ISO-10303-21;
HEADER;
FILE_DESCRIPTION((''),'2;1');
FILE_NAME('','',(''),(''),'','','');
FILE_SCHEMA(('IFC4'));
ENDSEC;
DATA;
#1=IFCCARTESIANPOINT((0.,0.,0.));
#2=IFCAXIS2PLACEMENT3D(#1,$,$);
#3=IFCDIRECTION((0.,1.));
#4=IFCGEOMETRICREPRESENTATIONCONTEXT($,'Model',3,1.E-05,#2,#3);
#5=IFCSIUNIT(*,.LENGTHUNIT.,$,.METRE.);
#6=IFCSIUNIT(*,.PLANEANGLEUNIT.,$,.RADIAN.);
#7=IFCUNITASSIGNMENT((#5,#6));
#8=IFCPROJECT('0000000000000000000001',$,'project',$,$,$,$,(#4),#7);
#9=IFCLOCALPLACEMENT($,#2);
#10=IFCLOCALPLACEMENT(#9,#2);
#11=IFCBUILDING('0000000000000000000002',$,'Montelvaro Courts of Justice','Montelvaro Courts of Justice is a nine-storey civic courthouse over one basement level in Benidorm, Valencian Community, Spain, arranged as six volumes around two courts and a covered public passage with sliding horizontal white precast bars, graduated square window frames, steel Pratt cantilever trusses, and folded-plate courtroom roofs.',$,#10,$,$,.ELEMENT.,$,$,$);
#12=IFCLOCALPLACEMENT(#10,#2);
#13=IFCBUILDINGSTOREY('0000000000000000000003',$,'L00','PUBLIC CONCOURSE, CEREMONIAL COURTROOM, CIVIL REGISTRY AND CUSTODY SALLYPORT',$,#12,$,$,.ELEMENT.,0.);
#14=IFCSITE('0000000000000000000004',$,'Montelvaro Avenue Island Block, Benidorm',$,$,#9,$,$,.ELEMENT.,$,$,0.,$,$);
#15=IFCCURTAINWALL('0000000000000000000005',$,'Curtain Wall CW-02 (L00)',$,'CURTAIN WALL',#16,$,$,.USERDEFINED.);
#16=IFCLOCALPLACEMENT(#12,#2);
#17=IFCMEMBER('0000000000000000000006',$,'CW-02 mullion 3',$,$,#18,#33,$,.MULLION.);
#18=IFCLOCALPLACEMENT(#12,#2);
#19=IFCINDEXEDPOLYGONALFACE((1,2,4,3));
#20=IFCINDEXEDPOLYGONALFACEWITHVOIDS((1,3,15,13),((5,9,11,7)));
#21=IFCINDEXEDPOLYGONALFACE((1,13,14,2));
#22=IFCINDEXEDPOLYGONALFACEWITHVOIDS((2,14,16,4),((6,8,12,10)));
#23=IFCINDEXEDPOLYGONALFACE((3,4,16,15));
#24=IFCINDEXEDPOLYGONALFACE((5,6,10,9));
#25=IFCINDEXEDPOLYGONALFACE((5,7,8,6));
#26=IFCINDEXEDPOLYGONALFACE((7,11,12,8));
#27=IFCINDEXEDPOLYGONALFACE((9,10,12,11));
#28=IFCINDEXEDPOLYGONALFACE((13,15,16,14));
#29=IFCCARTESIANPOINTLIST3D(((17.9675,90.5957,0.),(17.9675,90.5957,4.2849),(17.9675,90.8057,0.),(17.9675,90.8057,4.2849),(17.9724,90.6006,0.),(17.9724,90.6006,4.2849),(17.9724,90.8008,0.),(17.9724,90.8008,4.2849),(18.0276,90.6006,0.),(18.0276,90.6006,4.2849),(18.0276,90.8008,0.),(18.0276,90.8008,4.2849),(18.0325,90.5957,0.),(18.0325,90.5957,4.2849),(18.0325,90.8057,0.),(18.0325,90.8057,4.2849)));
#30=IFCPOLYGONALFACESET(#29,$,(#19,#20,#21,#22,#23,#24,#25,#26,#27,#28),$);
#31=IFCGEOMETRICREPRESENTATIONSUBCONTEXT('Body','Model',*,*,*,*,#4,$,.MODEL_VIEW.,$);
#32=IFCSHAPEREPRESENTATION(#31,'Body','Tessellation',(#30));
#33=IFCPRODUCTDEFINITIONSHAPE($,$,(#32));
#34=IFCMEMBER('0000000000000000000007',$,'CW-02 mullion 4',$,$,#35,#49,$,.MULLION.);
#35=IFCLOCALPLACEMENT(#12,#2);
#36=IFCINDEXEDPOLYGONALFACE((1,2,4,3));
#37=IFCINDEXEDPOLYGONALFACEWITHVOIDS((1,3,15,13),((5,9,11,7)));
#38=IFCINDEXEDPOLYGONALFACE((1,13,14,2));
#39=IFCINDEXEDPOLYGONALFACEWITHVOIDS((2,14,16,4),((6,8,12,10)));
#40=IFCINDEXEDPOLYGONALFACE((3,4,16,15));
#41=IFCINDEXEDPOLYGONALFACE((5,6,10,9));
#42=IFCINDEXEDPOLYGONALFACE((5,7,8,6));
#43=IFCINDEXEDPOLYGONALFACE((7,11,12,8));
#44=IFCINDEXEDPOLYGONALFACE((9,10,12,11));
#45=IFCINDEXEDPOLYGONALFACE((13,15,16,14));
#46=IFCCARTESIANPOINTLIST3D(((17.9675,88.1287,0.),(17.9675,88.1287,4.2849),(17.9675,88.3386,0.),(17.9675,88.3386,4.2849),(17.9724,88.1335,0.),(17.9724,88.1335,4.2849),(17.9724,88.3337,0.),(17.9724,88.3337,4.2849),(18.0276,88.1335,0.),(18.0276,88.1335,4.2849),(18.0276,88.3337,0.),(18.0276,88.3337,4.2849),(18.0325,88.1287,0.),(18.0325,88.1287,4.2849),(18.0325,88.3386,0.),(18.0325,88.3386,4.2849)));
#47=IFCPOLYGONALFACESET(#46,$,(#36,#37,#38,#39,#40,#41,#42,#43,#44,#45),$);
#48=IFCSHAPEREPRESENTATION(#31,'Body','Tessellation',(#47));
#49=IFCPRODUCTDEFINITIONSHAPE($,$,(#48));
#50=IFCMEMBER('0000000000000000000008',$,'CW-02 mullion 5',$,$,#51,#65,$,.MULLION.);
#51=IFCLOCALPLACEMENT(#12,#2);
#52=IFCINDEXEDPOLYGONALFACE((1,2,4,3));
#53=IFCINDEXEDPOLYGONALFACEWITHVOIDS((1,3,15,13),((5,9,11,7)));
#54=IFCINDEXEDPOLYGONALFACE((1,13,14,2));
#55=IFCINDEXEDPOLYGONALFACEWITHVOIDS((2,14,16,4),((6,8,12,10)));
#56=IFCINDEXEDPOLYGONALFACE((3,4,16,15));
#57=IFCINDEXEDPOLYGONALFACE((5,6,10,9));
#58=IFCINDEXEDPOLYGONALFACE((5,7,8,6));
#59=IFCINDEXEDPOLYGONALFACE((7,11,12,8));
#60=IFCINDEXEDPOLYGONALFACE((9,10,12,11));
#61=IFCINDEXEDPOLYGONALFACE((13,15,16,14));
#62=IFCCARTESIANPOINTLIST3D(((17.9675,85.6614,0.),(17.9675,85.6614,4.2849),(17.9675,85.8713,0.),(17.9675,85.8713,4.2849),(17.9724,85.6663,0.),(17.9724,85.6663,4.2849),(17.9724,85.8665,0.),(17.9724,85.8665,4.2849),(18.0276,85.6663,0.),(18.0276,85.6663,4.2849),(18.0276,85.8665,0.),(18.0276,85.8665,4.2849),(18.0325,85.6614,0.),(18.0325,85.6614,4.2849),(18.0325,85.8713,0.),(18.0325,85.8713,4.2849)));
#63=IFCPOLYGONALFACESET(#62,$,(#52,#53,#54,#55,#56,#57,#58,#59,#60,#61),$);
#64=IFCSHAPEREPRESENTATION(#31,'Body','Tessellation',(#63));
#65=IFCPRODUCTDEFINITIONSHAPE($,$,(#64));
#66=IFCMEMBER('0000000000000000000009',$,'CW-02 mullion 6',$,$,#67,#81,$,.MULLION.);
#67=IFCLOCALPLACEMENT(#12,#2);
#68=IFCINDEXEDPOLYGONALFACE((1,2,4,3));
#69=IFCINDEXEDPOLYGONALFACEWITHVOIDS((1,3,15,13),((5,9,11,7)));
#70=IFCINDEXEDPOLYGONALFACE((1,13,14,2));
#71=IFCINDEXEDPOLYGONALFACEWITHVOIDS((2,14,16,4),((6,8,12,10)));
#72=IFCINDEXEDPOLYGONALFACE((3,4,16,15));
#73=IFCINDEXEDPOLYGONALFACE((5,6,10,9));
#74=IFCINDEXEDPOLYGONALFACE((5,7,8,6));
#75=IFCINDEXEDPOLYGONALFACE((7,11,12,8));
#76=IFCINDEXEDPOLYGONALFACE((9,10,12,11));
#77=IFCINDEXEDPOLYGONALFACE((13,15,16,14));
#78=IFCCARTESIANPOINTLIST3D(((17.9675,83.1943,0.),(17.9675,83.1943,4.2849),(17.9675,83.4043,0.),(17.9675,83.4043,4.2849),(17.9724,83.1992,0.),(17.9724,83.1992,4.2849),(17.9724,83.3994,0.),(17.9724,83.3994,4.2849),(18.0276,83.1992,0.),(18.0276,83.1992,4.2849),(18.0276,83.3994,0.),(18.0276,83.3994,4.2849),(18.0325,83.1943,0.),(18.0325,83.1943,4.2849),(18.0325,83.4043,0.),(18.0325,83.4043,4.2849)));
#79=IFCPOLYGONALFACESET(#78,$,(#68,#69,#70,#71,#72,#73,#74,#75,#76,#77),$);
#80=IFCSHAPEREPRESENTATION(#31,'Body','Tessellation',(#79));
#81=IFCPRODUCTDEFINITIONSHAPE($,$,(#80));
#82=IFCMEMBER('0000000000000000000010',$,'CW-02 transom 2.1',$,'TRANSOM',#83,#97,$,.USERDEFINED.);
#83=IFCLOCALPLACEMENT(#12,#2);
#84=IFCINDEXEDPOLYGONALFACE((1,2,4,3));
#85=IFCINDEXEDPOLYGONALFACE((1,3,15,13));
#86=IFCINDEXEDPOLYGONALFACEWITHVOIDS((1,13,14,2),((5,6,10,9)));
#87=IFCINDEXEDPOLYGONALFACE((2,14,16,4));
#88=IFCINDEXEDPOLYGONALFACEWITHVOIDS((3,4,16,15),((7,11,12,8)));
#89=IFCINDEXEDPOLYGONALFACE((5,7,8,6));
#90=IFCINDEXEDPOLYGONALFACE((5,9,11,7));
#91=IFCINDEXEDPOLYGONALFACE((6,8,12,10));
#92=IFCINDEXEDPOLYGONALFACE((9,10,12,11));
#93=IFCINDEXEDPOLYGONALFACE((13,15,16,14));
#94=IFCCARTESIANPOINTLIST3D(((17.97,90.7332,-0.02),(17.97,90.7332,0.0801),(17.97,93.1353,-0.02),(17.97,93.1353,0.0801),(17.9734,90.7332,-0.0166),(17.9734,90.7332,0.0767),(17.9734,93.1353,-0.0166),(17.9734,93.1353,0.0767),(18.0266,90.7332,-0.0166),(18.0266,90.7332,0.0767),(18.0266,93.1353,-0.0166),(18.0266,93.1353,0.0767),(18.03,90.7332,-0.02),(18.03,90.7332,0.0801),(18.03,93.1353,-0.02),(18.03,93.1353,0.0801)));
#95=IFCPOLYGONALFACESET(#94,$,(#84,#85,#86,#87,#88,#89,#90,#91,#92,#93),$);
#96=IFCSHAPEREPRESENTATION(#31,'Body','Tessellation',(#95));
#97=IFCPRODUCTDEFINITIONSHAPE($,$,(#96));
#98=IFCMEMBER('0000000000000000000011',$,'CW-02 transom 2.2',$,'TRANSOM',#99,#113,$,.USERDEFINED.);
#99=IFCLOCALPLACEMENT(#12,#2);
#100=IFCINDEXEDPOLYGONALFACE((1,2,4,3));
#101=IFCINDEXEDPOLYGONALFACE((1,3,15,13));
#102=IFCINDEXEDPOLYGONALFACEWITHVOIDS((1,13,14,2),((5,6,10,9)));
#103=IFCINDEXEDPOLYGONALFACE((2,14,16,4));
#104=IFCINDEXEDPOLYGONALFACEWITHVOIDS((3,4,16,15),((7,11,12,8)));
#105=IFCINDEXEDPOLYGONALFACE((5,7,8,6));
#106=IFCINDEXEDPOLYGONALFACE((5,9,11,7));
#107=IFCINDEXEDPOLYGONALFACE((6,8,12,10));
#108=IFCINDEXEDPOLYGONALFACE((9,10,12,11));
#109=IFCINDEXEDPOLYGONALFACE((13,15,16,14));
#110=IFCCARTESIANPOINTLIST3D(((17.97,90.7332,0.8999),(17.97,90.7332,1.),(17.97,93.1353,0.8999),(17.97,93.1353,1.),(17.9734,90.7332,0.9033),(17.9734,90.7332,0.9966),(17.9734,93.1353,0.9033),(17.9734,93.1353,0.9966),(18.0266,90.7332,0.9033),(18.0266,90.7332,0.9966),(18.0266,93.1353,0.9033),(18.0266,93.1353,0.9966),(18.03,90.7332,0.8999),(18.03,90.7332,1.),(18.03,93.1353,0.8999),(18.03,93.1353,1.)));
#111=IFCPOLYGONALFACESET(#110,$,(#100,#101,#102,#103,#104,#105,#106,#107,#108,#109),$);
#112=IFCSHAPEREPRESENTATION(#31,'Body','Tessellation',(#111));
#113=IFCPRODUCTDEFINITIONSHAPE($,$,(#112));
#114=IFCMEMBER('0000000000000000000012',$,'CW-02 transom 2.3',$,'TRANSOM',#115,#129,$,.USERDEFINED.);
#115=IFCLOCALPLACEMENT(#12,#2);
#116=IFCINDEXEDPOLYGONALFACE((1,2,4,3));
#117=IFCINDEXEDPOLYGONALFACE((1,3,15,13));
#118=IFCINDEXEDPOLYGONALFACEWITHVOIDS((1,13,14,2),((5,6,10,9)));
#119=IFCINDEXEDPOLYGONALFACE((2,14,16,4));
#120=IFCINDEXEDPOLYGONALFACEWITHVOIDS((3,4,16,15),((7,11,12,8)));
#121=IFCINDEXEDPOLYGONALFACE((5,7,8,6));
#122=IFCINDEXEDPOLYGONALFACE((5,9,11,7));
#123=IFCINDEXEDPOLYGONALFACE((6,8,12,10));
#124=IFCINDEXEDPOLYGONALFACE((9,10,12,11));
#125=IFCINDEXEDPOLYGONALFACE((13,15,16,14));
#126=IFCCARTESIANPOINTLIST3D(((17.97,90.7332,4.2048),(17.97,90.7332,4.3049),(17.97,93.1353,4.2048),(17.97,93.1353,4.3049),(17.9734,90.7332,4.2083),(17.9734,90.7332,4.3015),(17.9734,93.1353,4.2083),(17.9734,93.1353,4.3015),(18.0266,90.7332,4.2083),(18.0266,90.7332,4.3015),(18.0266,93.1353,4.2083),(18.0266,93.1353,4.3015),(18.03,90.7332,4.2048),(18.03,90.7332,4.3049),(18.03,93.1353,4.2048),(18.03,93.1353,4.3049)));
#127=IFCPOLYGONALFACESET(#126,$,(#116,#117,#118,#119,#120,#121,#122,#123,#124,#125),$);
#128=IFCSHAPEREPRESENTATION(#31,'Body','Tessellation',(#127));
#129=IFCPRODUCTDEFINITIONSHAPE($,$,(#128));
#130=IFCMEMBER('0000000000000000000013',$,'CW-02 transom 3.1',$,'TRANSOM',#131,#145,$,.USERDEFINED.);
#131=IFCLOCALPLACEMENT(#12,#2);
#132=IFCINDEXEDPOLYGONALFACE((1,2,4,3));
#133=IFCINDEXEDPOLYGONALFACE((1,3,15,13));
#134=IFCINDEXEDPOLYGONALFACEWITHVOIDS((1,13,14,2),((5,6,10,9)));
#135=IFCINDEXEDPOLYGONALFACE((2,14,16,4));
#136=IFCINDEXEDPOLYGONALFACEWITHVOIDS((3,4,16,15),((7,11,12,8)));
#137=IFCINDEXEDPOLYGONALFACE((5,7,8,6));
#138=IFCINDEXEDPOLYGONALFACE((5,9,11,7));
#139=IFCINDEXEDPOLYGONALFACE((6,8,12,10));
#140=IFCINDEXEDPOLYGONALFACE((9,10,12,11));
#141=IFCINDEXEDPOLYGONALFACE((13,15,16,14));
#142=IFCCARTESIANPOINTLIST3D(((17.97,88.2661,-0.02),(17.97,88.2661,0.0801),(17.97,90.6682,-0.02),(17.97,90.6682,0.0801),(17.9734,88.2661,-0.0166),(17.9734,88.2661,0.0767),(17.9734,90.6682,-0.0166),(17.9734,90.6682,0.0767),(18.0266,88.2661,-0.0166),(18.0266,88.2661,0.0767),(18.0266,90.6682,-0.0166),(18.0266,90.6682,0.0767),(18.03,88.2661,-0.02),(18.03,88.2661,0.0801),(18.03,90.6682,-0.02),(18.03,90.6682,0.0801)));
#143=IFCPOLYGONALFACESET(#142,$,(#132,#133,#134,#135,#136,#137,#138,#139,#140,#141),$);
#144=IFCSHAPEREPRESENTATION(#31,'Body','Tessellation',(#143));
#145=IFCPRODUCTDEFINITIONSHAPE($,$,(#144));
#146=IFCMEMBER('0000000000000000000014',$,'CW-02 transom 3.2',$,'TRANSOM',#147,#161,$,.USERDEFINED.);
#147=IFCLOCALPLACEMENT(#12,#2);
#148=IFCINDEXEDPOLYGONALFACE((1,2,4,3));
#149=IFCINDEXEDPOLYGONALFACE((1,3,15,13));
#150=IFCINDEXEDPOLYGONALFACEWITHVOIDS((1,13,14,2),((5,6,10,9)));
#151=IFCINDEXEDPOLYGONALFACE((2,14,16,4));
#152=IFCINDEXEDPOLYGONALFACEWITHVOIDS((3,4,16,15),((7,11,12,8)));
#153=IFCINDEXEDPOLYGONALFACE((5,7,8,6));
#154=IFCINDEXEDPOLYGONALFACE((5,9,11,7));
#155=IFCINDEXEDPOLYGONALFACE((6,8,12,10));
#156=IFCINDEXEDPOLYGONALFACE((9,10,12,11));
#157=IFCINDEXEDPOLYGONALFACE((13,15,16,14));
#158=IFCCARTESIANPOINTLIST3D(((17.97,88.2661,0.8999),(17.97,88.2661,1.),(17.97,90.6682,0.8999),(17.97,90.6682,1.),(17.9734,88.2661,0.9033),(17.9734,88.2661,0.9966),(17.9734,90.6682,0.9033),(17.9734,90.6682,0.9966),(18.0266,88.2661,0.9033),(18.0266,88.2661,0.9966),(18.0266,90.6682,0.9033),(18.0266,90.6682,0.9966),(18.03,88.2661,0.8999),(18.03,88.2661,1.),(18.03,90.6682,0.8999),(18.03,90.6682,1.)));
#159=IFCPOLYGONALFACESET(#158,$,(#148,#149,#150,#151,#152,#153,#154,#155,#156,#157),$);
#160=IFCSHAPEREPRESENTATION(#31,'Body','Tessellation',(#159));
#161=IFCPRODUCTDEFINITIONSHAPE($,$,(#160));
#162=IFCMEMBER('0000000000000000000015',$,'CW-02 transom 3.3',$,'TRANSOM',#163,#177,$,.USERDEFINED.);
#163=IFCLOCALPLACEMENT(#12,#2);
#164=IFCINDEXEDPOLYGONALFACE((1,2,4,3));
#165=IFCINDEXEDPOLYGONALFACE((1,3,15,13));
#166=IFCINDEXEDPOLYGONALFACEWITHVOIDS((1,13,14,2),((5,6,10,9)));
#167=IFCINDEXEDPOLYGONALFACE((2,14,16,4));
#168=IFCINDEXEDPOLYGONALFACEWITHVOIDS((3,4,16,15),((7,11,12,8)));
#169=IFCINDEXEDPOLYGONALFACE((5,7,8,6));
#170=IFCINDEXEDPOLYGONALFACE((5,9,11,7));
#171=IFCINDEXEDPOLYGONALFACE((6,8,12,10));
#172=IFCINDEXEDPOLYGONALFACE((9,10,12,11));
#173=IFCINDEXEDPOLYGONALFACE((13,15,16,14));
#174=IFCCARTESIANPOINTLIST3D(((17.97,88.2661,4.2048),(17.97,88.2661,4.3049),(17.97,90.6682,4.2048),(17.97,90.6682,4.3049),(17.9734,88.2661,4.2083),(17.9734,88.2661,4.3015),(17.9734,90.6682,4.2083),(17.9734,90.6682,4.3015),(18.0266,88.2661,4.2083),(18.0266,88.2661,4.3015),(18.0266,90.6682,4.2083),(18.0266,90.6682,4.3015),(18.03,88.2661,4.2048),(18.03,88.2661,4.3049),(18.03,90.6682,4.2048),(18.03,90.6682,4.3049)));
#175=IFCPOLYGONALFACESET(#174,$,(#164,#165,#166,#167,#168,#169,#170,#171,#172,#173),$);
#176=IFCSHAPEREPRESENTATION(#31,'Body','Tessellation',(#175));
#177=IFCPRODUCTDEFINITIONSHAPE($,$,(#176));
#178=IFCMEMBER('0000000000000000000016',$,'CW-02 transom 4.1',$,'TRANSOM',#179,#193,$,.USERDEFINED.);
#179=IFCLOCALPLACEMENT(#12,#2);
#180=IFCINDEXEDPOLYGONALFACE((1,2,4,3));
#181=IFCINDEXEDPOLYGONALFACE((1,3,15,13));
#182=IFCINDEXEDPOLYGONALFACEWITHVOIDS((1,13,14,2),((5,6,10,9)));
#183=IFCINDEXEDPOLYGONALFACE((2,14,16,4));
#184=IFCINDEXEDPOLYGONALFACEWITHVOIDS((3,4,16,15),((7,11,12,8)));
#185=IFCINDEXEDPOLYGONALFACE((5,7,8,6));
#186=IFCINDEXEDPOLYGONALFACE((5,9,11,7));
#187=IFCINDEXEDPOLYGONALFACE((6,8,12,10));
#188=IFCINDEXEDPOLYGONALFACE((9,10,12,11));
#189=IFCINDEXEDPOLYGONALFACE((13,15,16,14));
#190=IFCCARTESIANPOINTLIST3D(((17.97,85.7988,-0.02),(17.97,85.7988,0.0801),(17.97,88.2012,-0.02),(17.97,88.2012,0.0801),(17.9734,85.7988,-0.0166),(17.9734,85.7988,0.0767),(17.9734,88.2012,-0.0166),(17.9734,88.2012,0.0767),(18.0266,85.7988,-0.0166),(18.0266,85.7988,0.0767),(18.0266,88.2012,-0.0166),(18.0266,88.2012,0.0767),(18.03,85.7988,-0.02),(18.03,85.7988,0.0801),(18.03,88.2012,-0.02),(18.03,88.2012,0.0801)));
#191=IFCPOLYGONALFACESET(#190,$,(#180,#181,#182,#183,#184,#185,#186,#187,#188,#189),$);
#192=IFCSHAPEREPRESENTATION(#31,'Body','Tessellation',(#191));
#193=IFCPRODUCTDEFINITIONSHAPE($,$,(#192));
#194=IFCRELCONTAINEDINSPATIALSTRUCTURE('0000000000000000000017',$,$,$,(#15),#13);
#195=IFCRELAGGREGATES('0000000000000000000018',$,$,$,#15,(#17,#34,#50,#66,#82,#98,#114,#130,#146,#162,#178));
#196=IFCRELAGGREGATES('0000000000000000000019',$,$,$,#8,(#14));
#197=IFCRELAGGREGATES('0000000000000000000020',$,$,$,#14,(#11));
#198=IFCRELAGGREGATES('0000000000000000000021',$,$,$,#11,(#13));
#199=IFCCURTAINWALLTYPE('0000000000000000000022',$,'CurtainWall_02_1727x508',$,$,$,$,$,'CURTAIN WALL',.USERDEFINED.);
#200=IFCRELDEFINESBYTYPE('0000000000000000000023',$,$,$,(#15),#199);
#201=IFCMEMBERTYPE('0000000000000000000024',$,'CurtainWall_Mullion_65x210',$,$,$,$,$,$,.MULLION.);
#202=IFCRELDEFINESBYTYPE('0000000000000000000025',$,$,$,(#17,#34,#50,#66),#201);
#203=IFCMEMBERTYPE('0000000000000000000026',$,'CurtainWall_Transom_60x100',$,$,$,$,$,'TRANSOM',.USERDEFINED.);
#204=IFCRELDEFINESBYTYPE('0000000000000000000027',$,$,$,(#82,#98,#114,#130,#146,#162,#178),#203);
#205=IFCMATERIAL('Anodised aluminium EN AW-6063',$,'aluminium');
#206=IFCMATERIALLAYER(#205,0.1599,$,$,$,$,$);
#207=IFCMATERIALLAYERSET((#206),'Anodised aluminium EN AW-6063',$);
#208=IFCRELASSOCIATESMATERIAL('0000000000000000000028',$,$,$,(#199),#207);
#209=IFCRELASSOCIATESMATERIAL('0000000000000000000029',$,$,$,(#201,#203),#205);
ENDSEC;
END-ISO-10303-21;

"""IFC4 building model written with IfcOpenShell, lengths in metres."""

from ifc_helpers import new_model, si_unit, direction, frame, origin, origin_2d, place, context, subcontext, project, spatial, hollow_rectangle, extrude, material, layer, layer_set, material_profile, profile_set, type_object, element, aggregate, save


model = new_model("IFC4")

# Units and contexts
model_context = context("Model", 3, precision=1e-05, world=origin(), true_north=direction((0.0, 1.0)))
body_context = subcontext(model_context, "Body", "Model", "MODEL_VIEW")
ifc_project = project(units=[si_unit("LENGTHUNIT", "METRE"), si_unit("PLANEANGLEUNIT", "RADIAN")], contexts=[model_context])

# Site, building, storey
site_placement = place(None, origin())
site = spatial("IfcSite", under=ifc_project, at=site_placement, Name="Montelvaro Avenue Island Block, Benidorm", CompositionType="ELEMENT", RefElevation=0.0)
building_placement = place(site_placement, origin())
building = spatial("IfcBuilding", under=site, at=building_placement, Name="Montelvaro Courts of Justice", Description="Montelvaro Courts of Justice is a nine-storey civic courthouse over one basement level in Benidorm, Valencian Community, Spain, arranged as six volumes around two courts and a covered public passage with sliding horizontal white precast bars, graduated square window frames, steel Pratt cantilever trusses, and folded-plate courtroom roofs.", CompositionType="ELEMENT")
storey_placement = place(building_placement, origin())
storey = spatial("IfcBuildingStorey", under=building, at=storey_placement, Name="L00", Description="PUBLIC CONCOURSE, CEREMONIAL COURTROOM, CIVIL REGISTRY AND CUSTODY SALLYPORT", CompositionType="ELEMENT", Elevation=0.0)

# Curtain wall, members
ifc_material_1 = material(Name="Anodised aluminium EN AW-6063", Category="aluminium")
ifc_layer_1 = layer(ifc_material_1, 0.1599)
ifc_layer_set_1 = layer_set([ifc_layer_1], Name="Anodised aluminium EN AW-6063")
curtain_wall_type = type_object("IfcCurtainWallType", Name="CurtainWall_02_1727x508", ElementType="CURTAIN WALL", PredefinedType="USERDEFINED", material=ifc_layer_set_1)
curtain_wall_placement = place(storey_placement, origin())
curtain_wall = element("IfcCurtainWall", 1, at=curtain_wall_placement, inside=storey, type_object=curtain_wall_type, Name="Curtain Wall CW-02 (L00)", ObjectType="CURTAIN WALL", PredefinedType="USERDEFINED")
ifc_material_profile_1 = material_profile(ifc_material_1, hollow_rectangle(XDim=0.0649, YDim=0.21, WallThickness=0.0049, at=origin_2d()), Name="ALU-M 65x210")
ifc_profile_set_1 = profile_set([ifc_material_profile_1], Name="Anodised aluminium EN AW-6063")
member_type_1 = type_object("IfcMemberType", Name="CurtainWall_Mullion_65x210", PredefinedType="MULLION", material=ifc_profile_set_1)
member_1_placement = place(storey_placement, frame((18.0, 90.7007, 0.0), z_axis=(0.0, 0.0, 1.0), x_axis=(1.0, 0.0, 0.0)))
member_1 = element("IfcMember", 2, at=member_1_placement, type_object=member_type_1, Name="CW-02 mullion 3", PredefinedType="MULLION", context=body_context, shape_type="SweptSolid", body=[
    extrude(hollow_rectangle(XDim=0.0649, YDim=0.21, WallThickness=0.0049, at=origin_2d()), origin(), (0.0, 0.0, 1.0), 4.2849),
])
member_2_placement = place(storey_placement, frame((18.0, 88.2336, 0.0), z_axis=(0.0, 0.0, 1.0), x_axis=(1.0, 0.0, 0.0)))
member_2 = element("IfcMember", 3, at=member_2_placement, type_object=member_type_1, Name="CW-02 mullion 4", PredefinedType="MULLION", context=body_context, shape_type="SweptSolid", body=[
    extrude(hollow_rectangle(XDim=0.0649, YDim=0.21, WallThickness=0.0049, at=origin_2d()), origin(), (0.0, 0.0, 1.0), 4.2849),
])
member_3_placement = place(storey_placement, frame((18.0, 85.7664, 0.0), z_axis=(0.0, 0.0, 1.0), x_axis=(1.0, 0.0, 0.0)))
member_3 = element("IfcMember", 4, at=member_3_placement, type_object=member_type_1, Name="CW-02 mullion 5", PredefinedType="MULLION", context=body_context, shape_type="SweptSolid", body=[
    extrude(hollow_rectangle(XDim=0.0649, YDim=0.21, WallThickness=0.0049, at=origin_2d()), origin(), (0.0, 0.0, 1.0), 4.2849),
])
member_4_placement = place(storey_placement, frame((18.0, 83.2993, 0.0), z_axis=(0.0, 0.0, 1.0), x_axis=(1.0, 0.0, 0.0)))
member_4 = element("IfcMember", 5, at=member_4_placement, type_object=member_type_1, Name="CW-02 mullion 6", PredefinedType="MULLION", context=body_context, shape_type="SweptSolid", body=[
    extrude(hollow_rectangle(XDim=0.0649, YDim=0.21, WallThickness=0.0049, at=origin_2d()), origin(), (0.0, 0.0, 1.0), 4.2849),
])
ifc_material_profile_2 = material_profile(ifc_material_1, hollow_rectangle(XDim=0.0601, YDim=0.1001, WallThickness=0.0034, at=origin_2d()), Name="ALU-T 60x100")
ifc_profile_set_2 = profile_set([ifc_material_profile_2], Name="Anodised aluminium EN AW-6063")
member_type_2 = type_object("IfcMemberType", Name="CurtainWall_Transom_60x100", ElementType="TRANSOM", PredefinedType="USERDEFINED", material=ifc_profile_set_2)
member_5_placement = place(storey_placement, frame((18.0, 93.1353, 0.03), z_axis=(0.0, -1.0, 0.0), x_axis=(1.0, 0.0, 0.0)))
member_5 = element("IfcMember", 6, at=member_5_placement, type_object=member_type_2, Name="CW-02 transom 2.1", ObjectType="TRANSOM", PredefinedType="USERDEFINED", context=body_context, shape_type="SweptSolid", body=[
    extrude(hollow_rectangle(XDim=0.0601, YDim=0.1001, WallThickness=0.0034, at=origin_2d()), origin(), (0.0, 0.0, 1.0), 2.4021),
])
member_6_placement = place(storey_placement, frame((18.0, 93.1353, 0.95), z_axis=(0.0, -1.0, 0.0), x_axis=(1.0, 0.0, 0.0)))
member_6 = element("IfcMember", 7, at=member_6_placement, type_object=member_type_2, Name="CW-02 transom 2.2", ObjectType="TRANSOM", PredefinedType="USERDEFINED", context=body_context, shape_type="SweptSolid", body=[
    extrude(hollow_rectangle(XDim=0.0601, YDim=0.1001, WallThickness=0.0034, at=origin_2d()), origin(), (0.0, 0.0, 1.0), 2.4021),
])
member_7_placement = place(storey_placement, frame((18.0, 93.1353, 4.2549), z_axis=(0.0, -1.0, 0.0), x_axis=(1.0, 0.0, 0.0)))
member_7 = element("IfcMember", 8, at=member_7_placement, type_object=member_type_2, Name="CW-02 transom 2.3", ObjectType="TRANSOM", PredefinedType="USERDEFINED", context=body_context, shape_type="SweptSolid", body=[
    extrude(hollow_rectangle(XDim=0.0601, YDim=0.1001, WallThickness=0.0034, at=origin_2d()), origin(), (0.0, 0.0, 1.0), 2.4021),
])
member_8_placement = place(storey_placement, frame((18.0, 90.6682, 0.03), z_axis=(0.0, -1.0, 0.0), x_axis=(1.0, 0.0, 0.0)))
member_8 = element("IfcMember", 9, at=member_8_placement, type_object=member_type_2, Name="CW-02 transom 3.1", ObjectType="TRANSOM", PredefinedType="USERDEFINED", context=body_context, shape_type="SweptSolid", body=[
    extrude(hollow_rectangle(XDim=0.0601, YDim=0.1001, WallThickness=0.0034, at=origin_2d()), origin(), (0.0, 0.0, 1.0), 2.4021),
])
member_9_placement = place(storey_placement, frame((18.0, 90.6682, 0.95), z_axis=(0.0, -1.0, 0.0), x_axis=(1.0, 0.0, 0.0)))
member_9 = element("IfcMember", 10, at=member_9_placement, type_object=member_type_2, Name="CW-02 transom 3.2", ObjectType="TRANSOM", PredefinedType="USERDEFINED", context=body_context, shape_type="SweptSolid", body=[
    extrude(hollow_rectangle(XDim=0.0601, YDim=0.1001, WallThickness=0.0034, at=origin_2d()), origin(), (0.0, 0.0, 1.0), 2.4021),
])
member_10_placement = place(storey_placement, frame((18.0, 90.6682, 4.2549), z_axis=(0.0, -1.0, 0.0), x_axis=(1.0, 0.0, 0.0)))
member_10 = element("IfcMember", 11, at=member_10_placement, type_object=member_type_2, Name="CW-02 transom 3.3", ObjectType="TRANSOM", PredefinedType="USERDEFINED", context=body_context, shape_type="SweptSolid", body=[
    extrude(hollow_rectangle(XDim=0.0601, YDim=0.1001, WallThickness=0.0034, at=origin_2d()), origin(), (0.0, 0.0, 1.0), 2.4021),
])
member_11_placement = place(storey_placement, frame((18.0, 88.2012, 0.03), z_axis=(0.0, -1.0, 0.0), x_axis=(1.0, 0.0, 0.0)))
member_11 = element("IfcMember", 12, at=member_11_placement, type_object=member_type_2, Name="CW-02 transom 4.1", ObjectType="TRANSOM", PredefinedType="USERDEFINED", context=body_context, shape_type="SweptSolid", body=[
    extrude(hollow_rectangle(XDim=0.0601, YDim=0.1001, WallThickness=0.0034, at=origin_2d()), origin(), (0.0, 0.0, 1.0), 2.4023),
])
aggregate(curtain_wall, [member_1, member_2, member_3, member_4, member_5, member_6, member_7, member_8, member_9, member_10, member_11])

save(model, "model.ifc")
